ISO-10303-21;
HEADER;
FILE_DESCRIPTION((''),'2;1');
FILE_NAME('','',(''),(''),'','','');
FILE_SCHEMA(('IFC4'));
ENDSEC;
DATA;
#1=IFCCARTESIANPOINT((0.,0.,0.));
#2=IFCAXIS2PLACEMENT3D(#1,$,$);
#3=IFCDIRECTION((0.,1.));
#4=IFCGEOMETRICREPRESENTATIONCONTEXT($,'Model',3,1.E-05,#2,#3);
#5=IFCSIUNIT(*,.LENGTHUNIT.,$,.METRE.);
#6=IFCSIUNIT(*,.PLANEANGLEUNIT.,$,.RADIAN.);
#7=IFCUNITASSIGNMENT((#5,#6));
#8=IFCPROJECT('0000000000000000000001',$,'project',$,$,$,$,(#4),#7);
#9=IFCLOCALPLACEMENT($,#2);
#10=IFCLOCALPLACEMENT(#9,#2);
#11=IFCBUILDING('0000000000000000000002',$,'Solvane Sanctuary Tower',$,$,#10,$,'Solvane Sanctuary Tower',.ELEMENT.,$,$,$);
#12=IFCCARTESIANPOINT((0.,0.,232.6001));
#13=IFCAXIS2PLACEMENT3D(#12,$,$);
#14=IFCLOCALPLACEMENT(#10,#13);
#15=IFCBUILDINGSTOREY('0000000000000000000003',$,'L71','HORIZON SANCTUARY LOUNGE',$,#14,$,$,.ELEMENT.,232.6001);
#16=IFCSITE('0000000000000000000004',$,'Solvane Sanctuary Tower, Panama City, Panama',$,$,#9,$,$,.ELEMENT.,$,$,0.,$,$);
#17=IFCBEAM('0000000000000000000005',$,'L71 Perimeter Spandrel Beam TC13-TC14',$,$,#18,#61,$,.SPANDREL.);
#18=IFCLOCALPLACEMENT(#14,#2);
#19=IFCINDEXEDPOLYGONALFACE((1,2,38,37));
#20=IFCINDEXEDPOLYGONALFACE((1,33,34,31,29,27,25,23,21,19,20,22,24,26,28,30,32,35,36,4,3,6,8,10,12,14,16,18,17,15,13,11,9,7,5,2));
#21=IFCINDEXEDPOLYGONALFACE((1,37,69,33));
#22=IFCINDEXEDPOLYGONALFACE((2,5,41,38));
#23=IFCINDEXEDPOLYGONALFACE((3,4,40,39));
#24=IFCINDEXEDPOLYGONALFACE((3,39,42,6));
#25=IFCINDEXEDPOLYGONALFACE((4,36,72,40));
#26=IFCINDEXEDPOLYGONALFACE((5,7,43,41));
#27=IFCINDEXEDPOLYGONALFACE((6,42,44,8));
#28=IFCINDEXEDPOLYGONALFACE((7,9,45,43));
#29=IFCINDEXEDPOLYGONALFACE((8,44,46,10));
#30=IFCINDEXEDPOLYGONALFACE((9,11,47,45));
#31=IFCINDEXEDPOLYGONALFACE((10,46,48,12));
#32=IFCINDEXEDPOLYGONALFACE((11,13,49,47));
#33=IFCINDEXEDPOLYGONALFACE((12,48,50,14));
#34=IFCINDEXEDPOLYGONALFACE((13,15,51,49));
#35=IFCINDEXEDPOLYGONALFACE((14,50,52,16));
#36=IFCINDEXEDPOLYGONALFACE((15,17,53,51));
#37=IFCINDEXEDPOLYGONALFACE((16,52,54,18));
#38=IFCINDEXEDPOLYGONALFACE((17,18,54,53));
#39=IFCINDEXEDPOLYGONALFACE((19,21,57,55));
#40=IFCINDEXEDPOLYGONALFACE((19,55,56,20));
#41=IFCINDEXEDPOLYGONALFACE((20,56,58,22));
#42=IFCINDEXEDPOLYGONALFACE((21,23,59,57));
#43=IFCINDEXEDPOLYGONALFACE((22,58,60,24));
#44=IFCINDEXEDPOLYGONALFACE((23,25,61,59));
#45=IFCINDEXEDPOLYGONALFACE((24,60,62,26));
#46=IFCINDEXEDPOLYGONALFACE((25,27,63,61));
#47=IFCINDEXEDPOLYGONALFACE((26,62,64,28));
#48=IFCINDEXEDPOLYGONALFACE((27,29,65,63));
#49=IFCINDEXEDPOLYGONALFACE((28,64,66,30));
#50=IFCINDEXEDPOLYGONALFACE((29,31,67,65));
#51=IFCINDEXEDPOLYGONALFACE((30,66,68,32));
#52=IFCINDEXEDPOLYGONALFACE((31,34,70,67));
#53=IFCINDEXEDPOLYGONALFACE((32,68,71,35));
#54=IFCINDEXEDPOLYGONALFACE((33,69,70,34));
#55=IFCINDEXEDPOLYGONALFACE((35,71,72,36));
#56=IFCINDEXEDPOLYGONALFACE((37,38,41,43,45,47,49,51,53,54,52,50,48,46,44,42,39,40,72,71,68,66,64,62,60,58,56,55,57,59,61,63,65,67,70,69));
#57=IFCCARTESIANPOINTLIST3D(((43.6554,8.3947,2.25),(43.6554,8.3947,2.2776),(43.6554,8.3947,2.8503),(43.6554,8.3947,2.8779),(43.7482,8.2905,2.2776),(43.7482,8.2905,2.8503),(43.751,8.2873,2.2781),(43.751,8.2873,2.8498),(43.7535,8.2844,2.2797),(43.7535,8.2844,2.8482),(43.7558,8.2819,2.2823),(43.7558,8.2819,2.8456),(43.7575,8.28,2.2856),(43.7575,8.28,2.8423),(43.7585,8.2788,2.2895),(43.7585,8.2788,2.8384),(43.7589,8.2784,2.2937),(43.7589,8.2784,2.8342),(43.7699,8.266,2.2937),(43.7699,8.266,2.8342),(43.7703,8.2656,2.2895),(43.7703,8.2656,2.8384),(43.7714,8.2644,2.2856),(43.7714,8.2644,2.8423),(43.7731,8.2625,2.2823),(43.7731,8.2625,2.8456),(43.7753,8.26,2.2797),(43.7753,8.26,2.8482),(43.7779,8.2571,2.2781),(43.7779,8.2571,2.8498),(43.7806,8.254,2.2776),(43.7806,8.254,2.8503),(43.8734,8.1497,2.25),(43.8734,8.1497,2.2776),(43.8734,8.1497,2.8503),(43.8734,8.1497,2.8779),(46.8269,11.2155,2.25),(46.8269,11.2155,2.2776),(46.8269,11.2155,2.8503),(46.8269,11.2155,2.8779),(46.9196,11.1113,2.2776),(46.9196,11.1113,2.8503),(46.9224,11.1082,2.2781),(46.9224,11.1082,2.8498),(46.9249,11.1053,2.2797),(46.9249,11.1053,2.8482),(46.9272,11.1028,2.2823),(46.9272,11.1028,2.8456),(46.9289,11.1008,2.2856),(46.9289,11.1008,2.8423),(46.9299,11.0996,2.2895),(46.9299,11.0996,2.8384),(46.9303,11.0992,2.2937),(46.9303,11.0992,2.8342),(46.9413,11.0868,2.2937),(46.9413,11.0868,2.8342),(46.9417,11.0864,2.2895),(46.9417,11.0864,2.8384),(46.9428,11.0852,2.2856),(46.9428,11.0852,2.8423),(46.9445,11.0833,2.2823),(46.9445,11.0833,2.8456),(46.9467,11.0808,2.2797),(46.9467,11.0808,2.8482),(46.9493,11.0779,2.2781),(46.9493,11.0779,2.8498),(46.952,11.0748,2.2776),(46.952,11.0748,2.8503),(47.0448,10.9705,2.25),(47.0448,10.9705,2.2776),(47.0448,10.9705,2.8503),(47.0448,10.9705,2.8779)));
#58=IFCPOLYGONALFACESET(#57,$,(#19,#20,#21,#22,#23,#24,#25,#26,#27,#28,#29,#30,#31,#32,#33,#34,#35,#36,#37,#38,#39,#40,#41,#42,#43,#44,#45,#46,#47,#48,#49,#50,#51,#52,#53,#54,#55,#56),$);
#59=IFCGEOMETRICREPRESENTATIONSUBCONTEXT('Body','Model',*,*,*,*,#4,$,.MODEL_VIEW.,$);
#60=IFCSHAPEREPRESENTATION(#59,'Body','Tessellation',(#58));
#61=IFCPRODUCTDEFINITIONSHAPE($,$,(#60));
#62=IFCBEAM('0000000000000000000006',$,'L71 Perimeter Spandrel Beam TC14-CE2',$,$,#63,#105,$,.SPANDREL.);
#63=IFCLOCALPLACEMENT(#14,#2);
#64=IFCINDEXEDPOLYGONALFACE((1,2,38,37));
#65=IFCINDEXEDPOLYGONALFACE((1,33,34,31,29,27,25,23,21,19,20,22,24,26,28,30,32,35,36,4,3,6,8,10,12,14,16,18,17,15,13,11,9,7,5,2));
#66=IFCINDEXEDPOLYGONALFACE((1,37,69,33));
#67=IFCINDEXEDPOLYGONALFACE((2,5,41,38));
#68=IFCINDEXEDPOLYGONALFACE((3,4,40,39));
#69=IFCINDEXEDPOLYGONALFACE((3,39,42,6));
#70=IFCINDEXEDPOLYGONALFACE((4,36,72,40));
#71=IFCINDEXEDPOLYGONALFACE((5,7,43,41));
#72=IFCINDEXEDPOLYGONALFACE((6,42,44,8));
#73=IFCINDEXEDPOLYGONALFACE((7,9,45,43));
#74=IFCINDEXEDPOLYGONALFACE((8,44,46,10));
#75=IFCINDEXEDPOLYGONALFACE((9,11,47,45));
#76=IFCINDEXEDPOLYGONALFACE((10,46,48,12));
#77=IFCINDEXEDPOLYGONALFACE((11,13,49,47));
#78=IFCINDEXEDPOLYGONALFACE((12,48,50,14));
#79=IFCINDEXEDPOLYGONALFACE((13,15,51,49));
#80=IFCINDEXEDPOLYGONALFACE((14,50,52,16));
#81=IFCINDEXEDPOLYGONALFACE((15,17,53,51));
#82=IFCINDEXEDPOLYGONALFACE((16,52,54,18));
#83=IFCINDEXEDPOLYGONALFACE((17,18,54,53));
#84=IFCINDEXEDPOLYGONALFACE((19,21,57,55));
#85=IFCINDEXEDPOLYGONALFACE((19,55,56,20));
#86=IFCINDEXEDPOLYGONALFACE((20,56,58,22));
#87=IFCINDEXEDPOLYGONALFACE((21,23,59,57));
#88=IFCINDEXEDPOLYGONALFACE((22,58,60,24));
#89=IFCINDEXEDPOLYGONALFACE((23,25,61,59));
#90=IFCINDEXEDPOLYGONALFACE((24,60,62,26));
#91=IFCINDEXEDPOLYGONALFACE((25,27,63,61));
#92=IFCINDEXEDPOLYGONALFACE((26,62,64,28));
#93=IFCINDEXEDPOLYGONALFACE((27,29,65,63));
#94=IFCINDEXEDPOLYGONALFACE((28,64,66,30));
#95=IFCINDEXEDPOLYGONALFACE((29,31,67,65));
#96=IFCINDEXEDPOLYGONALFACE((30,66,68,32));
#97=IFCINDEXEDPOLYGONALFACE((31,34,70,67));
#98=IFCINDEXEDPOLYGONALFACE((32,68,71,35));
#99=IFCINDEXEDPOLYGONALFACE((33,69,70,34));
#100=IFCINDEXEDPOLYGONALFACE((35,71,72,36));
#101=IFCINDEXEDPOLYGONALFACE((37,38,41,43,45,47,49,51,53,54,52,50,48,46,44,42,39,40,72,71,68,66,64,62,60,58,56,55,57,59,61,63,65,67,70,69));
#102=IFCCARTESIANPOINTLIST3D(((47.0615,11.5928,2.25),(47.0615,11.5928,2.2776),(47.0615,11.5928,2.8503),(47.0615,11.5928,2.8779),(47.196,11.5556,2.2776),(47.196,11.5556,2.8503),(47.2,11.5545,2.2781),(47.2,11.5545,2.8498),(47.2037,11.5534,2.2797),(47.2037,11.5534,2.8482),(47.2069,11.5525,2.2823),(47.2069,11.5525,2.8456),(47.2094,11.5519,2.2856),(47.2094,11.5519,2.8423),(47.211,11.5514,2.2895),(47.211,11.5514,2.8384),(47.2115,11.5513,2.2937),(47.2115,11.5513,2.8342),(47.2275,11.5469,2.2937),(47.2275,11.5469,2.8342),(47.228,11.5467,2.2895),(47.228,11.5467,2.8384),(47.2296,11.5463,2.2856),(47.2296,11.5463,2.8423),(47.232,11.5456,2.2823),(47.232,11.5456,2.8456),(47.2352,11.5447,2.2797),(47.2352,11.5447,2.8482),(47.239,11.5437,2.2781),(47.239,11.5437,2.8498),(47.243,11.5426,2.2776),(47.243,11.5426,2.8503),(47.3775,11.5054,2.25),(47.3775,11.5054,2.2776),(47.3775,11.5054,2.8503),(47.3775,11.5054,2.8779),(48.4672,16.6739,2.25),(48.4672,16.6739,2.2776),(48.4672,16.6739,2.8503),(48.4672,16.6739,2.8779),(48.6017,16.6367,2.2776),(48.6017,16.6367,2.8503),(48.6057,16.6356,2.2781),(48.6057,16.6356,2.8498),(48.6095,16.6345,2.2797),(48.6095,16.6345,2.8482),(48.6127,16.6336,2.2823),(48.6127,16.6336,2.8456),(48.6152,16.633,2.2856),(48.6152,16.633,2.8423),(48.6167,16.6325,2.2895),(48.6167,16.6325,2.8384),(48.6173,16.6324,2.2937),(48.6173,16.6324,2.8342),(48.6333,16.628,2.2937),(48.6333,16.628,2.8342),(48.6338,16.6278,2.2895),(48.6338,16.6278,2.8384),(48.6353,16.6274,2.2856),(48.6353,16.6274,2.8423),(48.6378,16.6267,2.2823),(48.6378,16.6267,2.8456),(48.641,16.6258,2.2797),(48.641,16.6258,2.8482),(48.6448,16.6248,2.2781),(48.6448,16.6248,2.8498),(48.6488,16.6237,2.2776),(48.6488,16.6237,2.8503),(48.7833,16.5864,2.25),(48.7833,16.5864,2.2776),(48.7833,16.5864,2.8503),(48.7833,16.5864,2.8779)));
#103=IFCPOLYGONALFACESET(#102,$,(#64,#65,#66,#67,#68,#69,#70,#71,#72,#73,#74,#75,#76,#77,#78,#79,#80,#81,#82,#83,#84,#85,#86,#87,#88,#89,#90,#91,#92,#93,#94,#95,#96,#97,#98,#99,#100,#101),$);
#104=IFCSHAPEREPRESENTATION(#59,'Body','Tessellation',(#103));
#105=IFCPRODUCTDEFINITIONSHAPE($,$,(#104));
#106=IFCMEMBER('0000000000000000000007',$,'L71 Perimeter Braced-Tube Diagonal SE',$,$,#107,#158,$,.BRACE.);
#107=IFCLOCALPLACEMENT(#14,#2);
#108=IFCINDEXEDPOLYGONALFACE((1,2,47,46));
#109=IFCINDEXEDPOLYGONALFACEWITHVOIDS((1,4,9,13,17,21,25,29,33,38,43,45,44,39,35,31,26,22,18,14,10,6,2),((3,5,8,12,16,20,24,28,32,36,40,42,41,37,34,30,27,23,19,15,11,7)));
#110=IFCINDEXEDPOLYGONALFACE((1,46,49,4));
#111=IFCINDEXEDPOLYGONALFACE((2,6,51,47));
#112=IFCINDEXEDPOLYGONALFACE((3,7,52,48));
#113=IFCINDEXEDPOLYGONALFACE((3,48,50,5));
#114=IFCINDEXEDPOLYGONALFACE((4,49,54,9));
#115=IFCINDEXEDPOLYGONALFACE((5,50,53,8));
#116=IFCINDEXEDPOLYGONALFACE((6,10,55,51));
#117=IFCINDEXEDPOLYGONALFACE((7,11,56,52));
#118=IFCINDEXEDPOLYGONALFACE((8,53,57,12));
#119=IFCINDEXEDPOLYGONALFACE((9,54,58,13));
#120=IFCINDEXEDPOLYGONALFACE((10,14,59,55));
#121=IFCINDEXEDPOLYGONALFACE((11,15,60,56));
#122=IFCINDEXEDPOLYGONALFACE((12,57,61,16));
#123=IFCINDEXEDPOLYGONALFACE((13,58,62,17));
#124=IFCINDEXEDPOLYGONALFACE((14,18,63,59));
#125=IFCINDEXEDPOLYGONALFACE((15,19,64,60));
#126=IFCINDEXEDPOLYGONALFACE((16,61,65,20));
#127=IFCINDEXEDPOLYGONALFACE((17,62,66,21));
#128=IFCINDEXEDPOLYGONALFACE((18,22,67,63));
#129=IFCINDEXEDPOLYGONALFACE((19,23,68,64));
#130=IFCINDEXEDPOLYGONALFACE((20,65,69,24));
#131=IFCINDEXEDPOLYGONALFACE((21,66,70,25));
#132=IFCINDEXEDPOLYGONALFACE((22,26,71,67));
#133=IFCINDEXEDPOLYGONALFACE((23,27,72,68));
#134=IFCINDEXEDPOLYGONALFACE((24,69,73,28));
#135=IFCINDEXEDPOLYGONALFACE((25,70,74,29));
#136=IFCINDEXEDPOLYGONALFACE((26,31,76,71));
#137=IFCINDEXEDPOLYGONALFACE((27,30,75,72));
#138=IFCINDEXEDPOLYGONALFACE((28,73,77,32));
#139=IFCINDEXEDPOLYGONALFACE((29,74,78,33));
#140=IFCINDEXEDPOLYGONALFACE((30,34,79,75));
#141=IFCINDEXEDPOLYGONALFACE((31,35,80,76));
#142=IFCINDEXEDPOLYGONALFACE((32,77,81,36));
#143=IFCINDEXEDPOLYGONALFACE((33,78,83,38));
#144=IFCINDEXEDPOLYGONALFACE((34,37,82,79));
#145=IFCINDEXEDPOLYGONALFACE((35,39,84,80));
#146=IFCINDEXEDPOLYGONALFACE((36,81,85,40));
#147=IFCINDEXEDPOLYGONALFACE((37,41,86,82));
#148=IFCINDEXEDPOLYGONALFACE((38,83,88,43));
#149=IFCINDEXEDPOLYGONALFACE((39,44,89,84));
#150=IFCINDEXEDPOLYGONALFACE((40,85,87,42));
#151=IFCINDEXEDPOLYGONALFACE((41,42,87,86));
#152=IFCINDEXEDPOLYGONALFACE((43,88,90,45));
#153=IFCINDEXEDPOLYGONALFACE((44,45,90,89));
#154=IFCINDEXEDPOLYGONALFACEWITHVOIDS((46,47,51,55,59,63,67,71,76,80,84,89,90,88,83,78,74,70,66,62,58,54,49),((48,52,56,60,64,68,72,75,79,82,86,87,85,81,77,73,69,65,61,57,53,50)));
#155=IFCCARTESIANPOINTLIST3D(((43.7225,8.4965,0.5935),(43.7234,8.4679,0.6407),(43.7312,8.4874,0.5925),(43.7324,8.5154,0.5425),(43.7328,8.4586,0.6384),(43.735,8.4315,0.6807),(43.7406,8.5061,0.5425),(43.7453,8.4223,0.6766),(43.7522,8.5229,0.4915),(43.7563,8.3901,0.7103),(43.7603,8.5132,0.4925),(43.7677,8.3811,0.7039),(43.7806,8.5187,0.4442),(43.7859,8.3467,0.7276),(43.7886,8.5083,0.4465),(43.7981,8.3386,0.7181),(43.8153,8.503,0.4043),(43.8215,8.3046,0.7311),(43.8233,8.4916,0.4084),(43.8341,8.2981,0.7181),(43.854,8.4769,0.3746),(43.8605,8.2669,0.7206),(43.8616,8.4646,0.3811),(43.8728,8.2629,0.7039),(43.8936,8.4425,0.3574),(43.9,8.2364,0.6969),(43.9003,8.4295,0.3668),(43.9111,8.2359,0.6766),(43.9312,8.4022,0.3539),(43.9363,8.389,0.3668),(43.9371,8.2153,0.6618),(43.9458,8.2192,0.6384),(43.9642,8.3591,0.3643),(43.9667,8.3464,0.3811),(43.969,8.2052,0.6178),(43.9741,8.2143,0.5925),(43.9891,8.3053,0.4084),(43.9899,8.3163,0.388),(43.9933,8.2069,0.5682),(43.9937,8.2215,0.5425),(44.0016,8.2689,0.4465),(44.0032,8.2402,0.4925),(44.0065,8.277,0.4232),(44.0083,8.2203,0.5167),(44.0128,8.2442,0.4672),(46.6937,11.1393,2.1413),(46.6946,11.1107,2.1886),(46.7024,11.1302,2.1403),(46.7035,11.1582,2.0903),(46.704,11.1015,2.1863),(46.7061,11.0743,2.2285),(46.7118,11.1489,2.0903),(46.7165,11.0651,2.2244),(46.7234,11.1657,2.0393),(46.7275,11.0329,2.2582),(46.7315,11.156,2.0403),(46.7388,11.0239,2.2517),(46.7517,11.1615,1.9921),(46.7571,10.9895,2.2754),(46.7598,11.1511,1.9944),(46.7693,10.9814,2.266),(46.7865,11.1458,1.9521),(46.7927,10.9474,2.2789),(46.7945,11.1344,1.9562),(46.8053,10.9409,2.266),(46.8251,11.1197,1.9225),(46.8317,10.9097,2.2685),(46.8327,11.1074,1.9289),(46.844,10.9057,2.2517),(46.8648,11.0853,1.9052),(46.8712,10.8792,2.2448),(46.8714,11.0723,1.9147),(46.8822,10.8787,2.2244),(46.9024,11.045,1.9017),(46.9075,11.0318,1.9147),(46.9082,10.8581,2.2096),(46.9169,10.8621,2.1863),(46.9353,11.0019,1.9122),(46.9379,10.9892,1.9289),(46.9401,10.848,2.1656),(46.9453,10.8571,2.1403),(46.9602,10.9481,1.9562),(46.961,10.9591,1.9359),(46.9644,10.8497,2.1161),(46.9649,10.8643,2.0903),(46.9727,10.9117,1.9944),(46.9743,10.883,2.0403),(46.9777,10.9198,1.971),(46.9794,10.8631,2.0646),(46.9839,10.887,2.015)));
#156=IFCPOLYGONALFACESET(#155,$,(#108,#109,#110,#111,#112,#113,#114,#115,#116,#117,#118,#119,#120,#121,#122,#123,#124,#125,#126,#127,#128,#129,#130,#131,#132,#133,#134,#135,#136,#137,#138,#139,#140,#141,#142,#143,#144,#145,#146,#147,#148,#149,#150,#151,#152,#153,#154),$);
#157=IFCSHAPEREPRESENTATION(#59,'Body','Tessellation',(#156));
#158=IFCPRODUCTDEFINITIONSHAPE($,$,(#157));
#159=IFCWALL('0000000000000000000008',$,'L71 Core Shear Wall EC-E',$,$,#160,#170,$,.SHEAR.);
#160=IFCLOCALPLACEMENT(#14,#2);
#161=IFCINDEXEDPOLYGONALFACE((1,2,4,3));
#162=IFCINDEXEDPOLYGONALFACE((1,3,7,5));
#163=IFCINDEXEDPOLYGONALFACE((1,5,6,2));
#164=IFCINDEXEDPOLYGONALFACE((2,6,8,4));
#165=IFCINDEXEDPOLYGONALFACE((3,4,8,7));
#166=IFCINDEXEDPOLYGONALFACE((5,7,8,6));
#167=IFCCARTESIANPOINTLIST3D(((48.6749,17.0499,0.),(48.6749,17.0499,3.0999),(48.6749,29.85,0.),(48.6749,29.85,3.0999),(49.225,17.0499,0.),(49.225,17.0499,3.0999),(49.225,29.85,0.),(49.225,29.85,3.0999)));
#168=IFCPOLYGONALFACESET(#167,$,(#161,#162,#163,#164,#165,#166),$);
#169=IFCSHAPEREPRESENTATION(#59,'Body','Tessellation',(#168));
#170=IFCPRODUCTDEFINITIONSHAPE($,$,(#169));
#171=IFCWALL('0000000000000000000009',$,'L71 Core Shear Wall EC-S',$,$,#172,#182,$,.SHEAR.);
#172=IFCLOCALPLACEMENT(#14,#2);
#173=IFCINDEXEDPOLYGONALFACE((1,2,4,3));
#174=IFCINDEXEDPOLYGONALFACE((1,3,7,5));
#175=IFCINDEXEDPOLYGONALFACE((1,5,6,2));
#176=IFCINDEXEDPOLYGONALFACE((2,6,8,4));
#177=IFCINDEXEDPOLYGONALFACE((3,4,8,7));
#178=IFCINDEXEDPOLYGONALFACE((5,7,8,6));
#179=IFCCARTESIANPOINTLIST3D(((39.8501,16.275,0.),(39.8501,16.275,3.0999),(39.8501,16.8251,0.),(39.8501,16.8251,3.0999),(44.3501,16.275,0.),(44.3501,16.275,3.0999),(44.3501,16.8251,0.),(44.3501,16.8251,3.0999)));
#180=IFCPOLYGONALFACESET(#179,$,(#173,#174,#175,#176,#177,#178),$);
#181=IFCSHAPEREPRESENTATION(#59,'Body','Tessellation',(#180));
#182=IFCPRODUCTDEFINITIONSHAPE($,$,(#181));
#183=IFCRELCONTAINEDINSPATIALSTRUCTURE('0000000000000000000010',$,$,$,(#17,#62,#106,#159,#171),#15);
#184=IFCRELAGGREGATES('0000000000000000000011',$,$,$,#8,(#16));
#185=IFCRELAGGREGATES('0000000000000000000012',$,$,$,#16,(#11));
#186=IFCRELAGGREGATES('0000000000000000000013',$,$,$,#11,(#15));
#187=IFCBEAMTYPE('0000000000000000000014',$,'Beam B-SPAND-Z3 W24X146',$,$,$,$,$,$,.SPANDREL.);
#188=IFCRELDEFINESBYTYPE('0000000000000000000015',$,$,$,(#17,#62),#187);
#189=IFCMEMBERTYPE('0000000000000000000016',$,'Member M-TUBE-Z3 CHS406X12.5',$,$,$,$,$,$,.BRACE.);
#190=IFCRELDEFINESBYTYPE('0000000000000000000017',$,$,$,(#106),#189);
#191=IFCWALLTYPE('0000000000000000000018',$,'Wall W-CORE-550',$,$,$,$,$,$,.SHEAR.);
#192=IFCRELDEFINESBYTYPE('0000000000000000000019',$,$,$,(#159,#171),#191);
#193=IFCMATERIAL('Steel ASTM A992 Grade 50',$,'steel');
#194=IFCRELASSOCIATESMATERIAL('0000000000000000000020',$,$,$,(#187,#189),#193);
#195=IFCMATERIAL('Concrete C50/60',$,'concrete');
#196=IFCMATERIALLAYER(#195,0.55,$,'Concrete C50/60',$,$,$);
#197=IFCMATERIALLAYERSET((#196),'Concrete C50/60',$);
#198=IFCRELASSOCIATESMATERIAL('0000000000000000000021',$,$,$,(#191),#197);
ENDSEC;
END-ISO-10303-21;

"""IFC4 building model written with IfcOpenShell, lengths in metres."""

from ifc_helpers import new_model, si_unit, direction, frame, frame_2d, origin, origin_2d, place, context, subcontext, project, spatial, rectangle, hollow_circle, i_section, extrude, material, layer, layer_set, material_profile, profile_set, type_object, element, save


model = new_model("IFC4")

# Units and contexts
model_context = context("Model", 3, precision=1e-05, world=origin(), true_north=direction((0.0, 1.0)))
body_context = subcontext(model_context, "Body", "Model", "MODEL_VIEW")
ifc_project = project(units=[si_unit("LENGTHUNIT", "METRE"), si_unit("PLANEANGLEUNIT", "RADIAN")], contexts=[model_context])

# Site, building, storey
site_placement = place(None, origin())
site = spatial("IfcSite", under=ifc_project, at=site_placement, Name="Solvane Sanctuary Tower, Panama City, Panama", CompositionType="ELEMENT", RefElevation=0.0)
building_placement = place(site_placement, origin())
building = spatial("IfcBuilding", under=site, at=building_placement, Name="Solvane Sanctuary Tower", LongName="Solvane Sanctuary Tower", CompositionType="ELEMENT")
storey_placement = place(building_placement, frame((0.0, 0.0, 232.6001)))
storey = spatial("IfcBuildingStorey", under=building, at=storey_placement, Name="L71", Description="HORIZON SANCTUARY LOUNGE", CompositionType="ELEMENT", Elevation=232.6001)

# Shared definitions
ifc_material_1 = material(Name="Concrete C50/60", Category="concrete")

# Beams
ifc_material_2 = material(Name="Steel ASTM A992 Grade 50", Category="steel")
ifc_material_profile_1 = material_profile(ifc_material_2, i_section(OverallWidth=0.3279, OverallDepth=0.6279, WebThickness=0.0166, FlangeThickness=0.0276, FilletRadius=0.0161, at=origin_2d()), Name="W24X146")
ifc_profile_set_1 = profile_set([ifc_material_profile_1], Name="Steel ASTM A992 Grade 50")
beam_type_1 = type_object("IfcBeamType", Name="Beam B-SPAND-Z3 W24X146", PredefinedType="SPANDREL", material=ifc_profile_set_1)
beam_1_placement = place(storey_placement, frame((43.7644, 8.2722, 2.564), z_axis=(0.7472, 0.664599, 0.0), x_axis=(-0.664599, 0.7472, 0.0)))
element("IfcBeam", 1, at=beam_1_placement, inside=storey, type_object=beam_type_1, Name="L71 Perimeter Spandrel Beam TC13-TC14", PredefinedType="SPANDREL", context=body_context, shape_type="SweptSolid", body=[
    extrude(i_section(OverallWidth=0.3279, OverallDepth=0.6279, WebThickness=0.0166, FlangeThickness=0.0276, FilletRadius=0.0161, at=origin_2d()), origin(), (0.0, 0.0, 1.0), 4.2444),
])
beam_2_placement = place(storey_placement, frame((47.2195, 11.5491, 2.564), z_axis=(0.26665, 0.963793, 0.0), x_axis=(-0.963793, 0.26665, 0.0)))
element("IfcBeam", 2, at=beam_2_placement, inside=storey, type_object=beam_type_1, Name="L71 Perimeter Spandrel Beam TC14-CE2", PredefinedType="SPANDREL", context=body_context, shape_type="SweptSolid", body=[
    extrude(i_section(OverallWidth=0.3279, OverallDepth=0.6279, WebThickness=0.0166, FlangeThickness=0.0276, FilletRadius=0.0161, at=origin_2d()), origin(), (0.0, 0.0, 1.0), 5.272),
])

# Member
ifc_material_profile_2 = material_profile(ifc_material_2, hollow_circle(Radius=0.2029, WallThickness=0.0125, at=origin_2d()), Name="CHS406X12.5")
ifc_profile_set_2 = profile_set([ifc_material_profile_2], Name="Steel ASTM A992 Grade 50")
member_type = type_object("IfcMemberType", Name="Member M-TUBE-Z3 CHS406X12.5", PredefinedType="BRACE", material=ifc_profile_set_2)
member_placement = place(storey_placement, frame((43.8672, 8.3638, 0.5425), z_axis=(0.696299, 0.619345, 0.362739), x_axis=(-0.664612, 0.747189, 0.0)))
element("IfcMember", 3, at=member_placement, inside=storey, type_object=member_type, Name="L71 Perimeter Braced-Tube Diagonal SE", PredefinedType="BRACE", context=body_context, shape_type="SweptSolid", body=[
    extrude(hollow_circle(Radius=0.2029, WallThickness=0.0125, at=origin_2d()), origin(), (0.0, 0.0, 1.0), 4.2671),
])

# Walls
ifc_layer_1 = layer(ifc_material_1, 0.55, Name="Concrete C50/60")
ifc_layer_set_1 = layer_set([ifc_layer_1], Name="Concrete C50/60")
wall_type_1 = type_object("IfcWallType", Name="Wall W-CORE-550", PredefinedType="SHEAR", material=ifc_layer_set_1)
wall_1_placement = place(storey_placement, frame((48.95, 17.05, 0.0), z_axis=(0.0, 0.0, 1.0), x_axis=(0.0, 1.0, 0.0)))
element("IfcWall", 4, at=wall_1_placement, inside=storey, type_object=wall_type_1, Name="L71 Core Shear Wall EC-E", PredefinedType="SHEAR", context=body_context, shape_type="SweptSolid", body=[
    extrude(rectangle(XDim=12.8, YDim=0.55, at=frame_2d((6.3999, 0.0))), origin(), (0.0, 0.0, 1.0), 3.0999),
])
wall_2_placement = place(storey_placement, frame((39.8501, 16.55, 0.0), z_axis=(0.0, 0.0, 1.0), x_axis=(1.0, 0.0, 0.0)))
element("IfcWall", 5, at=wall_2_placement, inside=storey, type_object=wall_type_1, Name="L71 Core Shear Wall EC-S", PredefinedType="SHEAR", context=body_context, shape_type="SweptSolid", body=[
    extrude(rectangle(XDim=4.5, YDim=0.55, at=frame_2d((2.25, 0.0))), origin(), (0.0, 0.0, 1.0), 3.0999),
])

save(model, "model.ifc")
